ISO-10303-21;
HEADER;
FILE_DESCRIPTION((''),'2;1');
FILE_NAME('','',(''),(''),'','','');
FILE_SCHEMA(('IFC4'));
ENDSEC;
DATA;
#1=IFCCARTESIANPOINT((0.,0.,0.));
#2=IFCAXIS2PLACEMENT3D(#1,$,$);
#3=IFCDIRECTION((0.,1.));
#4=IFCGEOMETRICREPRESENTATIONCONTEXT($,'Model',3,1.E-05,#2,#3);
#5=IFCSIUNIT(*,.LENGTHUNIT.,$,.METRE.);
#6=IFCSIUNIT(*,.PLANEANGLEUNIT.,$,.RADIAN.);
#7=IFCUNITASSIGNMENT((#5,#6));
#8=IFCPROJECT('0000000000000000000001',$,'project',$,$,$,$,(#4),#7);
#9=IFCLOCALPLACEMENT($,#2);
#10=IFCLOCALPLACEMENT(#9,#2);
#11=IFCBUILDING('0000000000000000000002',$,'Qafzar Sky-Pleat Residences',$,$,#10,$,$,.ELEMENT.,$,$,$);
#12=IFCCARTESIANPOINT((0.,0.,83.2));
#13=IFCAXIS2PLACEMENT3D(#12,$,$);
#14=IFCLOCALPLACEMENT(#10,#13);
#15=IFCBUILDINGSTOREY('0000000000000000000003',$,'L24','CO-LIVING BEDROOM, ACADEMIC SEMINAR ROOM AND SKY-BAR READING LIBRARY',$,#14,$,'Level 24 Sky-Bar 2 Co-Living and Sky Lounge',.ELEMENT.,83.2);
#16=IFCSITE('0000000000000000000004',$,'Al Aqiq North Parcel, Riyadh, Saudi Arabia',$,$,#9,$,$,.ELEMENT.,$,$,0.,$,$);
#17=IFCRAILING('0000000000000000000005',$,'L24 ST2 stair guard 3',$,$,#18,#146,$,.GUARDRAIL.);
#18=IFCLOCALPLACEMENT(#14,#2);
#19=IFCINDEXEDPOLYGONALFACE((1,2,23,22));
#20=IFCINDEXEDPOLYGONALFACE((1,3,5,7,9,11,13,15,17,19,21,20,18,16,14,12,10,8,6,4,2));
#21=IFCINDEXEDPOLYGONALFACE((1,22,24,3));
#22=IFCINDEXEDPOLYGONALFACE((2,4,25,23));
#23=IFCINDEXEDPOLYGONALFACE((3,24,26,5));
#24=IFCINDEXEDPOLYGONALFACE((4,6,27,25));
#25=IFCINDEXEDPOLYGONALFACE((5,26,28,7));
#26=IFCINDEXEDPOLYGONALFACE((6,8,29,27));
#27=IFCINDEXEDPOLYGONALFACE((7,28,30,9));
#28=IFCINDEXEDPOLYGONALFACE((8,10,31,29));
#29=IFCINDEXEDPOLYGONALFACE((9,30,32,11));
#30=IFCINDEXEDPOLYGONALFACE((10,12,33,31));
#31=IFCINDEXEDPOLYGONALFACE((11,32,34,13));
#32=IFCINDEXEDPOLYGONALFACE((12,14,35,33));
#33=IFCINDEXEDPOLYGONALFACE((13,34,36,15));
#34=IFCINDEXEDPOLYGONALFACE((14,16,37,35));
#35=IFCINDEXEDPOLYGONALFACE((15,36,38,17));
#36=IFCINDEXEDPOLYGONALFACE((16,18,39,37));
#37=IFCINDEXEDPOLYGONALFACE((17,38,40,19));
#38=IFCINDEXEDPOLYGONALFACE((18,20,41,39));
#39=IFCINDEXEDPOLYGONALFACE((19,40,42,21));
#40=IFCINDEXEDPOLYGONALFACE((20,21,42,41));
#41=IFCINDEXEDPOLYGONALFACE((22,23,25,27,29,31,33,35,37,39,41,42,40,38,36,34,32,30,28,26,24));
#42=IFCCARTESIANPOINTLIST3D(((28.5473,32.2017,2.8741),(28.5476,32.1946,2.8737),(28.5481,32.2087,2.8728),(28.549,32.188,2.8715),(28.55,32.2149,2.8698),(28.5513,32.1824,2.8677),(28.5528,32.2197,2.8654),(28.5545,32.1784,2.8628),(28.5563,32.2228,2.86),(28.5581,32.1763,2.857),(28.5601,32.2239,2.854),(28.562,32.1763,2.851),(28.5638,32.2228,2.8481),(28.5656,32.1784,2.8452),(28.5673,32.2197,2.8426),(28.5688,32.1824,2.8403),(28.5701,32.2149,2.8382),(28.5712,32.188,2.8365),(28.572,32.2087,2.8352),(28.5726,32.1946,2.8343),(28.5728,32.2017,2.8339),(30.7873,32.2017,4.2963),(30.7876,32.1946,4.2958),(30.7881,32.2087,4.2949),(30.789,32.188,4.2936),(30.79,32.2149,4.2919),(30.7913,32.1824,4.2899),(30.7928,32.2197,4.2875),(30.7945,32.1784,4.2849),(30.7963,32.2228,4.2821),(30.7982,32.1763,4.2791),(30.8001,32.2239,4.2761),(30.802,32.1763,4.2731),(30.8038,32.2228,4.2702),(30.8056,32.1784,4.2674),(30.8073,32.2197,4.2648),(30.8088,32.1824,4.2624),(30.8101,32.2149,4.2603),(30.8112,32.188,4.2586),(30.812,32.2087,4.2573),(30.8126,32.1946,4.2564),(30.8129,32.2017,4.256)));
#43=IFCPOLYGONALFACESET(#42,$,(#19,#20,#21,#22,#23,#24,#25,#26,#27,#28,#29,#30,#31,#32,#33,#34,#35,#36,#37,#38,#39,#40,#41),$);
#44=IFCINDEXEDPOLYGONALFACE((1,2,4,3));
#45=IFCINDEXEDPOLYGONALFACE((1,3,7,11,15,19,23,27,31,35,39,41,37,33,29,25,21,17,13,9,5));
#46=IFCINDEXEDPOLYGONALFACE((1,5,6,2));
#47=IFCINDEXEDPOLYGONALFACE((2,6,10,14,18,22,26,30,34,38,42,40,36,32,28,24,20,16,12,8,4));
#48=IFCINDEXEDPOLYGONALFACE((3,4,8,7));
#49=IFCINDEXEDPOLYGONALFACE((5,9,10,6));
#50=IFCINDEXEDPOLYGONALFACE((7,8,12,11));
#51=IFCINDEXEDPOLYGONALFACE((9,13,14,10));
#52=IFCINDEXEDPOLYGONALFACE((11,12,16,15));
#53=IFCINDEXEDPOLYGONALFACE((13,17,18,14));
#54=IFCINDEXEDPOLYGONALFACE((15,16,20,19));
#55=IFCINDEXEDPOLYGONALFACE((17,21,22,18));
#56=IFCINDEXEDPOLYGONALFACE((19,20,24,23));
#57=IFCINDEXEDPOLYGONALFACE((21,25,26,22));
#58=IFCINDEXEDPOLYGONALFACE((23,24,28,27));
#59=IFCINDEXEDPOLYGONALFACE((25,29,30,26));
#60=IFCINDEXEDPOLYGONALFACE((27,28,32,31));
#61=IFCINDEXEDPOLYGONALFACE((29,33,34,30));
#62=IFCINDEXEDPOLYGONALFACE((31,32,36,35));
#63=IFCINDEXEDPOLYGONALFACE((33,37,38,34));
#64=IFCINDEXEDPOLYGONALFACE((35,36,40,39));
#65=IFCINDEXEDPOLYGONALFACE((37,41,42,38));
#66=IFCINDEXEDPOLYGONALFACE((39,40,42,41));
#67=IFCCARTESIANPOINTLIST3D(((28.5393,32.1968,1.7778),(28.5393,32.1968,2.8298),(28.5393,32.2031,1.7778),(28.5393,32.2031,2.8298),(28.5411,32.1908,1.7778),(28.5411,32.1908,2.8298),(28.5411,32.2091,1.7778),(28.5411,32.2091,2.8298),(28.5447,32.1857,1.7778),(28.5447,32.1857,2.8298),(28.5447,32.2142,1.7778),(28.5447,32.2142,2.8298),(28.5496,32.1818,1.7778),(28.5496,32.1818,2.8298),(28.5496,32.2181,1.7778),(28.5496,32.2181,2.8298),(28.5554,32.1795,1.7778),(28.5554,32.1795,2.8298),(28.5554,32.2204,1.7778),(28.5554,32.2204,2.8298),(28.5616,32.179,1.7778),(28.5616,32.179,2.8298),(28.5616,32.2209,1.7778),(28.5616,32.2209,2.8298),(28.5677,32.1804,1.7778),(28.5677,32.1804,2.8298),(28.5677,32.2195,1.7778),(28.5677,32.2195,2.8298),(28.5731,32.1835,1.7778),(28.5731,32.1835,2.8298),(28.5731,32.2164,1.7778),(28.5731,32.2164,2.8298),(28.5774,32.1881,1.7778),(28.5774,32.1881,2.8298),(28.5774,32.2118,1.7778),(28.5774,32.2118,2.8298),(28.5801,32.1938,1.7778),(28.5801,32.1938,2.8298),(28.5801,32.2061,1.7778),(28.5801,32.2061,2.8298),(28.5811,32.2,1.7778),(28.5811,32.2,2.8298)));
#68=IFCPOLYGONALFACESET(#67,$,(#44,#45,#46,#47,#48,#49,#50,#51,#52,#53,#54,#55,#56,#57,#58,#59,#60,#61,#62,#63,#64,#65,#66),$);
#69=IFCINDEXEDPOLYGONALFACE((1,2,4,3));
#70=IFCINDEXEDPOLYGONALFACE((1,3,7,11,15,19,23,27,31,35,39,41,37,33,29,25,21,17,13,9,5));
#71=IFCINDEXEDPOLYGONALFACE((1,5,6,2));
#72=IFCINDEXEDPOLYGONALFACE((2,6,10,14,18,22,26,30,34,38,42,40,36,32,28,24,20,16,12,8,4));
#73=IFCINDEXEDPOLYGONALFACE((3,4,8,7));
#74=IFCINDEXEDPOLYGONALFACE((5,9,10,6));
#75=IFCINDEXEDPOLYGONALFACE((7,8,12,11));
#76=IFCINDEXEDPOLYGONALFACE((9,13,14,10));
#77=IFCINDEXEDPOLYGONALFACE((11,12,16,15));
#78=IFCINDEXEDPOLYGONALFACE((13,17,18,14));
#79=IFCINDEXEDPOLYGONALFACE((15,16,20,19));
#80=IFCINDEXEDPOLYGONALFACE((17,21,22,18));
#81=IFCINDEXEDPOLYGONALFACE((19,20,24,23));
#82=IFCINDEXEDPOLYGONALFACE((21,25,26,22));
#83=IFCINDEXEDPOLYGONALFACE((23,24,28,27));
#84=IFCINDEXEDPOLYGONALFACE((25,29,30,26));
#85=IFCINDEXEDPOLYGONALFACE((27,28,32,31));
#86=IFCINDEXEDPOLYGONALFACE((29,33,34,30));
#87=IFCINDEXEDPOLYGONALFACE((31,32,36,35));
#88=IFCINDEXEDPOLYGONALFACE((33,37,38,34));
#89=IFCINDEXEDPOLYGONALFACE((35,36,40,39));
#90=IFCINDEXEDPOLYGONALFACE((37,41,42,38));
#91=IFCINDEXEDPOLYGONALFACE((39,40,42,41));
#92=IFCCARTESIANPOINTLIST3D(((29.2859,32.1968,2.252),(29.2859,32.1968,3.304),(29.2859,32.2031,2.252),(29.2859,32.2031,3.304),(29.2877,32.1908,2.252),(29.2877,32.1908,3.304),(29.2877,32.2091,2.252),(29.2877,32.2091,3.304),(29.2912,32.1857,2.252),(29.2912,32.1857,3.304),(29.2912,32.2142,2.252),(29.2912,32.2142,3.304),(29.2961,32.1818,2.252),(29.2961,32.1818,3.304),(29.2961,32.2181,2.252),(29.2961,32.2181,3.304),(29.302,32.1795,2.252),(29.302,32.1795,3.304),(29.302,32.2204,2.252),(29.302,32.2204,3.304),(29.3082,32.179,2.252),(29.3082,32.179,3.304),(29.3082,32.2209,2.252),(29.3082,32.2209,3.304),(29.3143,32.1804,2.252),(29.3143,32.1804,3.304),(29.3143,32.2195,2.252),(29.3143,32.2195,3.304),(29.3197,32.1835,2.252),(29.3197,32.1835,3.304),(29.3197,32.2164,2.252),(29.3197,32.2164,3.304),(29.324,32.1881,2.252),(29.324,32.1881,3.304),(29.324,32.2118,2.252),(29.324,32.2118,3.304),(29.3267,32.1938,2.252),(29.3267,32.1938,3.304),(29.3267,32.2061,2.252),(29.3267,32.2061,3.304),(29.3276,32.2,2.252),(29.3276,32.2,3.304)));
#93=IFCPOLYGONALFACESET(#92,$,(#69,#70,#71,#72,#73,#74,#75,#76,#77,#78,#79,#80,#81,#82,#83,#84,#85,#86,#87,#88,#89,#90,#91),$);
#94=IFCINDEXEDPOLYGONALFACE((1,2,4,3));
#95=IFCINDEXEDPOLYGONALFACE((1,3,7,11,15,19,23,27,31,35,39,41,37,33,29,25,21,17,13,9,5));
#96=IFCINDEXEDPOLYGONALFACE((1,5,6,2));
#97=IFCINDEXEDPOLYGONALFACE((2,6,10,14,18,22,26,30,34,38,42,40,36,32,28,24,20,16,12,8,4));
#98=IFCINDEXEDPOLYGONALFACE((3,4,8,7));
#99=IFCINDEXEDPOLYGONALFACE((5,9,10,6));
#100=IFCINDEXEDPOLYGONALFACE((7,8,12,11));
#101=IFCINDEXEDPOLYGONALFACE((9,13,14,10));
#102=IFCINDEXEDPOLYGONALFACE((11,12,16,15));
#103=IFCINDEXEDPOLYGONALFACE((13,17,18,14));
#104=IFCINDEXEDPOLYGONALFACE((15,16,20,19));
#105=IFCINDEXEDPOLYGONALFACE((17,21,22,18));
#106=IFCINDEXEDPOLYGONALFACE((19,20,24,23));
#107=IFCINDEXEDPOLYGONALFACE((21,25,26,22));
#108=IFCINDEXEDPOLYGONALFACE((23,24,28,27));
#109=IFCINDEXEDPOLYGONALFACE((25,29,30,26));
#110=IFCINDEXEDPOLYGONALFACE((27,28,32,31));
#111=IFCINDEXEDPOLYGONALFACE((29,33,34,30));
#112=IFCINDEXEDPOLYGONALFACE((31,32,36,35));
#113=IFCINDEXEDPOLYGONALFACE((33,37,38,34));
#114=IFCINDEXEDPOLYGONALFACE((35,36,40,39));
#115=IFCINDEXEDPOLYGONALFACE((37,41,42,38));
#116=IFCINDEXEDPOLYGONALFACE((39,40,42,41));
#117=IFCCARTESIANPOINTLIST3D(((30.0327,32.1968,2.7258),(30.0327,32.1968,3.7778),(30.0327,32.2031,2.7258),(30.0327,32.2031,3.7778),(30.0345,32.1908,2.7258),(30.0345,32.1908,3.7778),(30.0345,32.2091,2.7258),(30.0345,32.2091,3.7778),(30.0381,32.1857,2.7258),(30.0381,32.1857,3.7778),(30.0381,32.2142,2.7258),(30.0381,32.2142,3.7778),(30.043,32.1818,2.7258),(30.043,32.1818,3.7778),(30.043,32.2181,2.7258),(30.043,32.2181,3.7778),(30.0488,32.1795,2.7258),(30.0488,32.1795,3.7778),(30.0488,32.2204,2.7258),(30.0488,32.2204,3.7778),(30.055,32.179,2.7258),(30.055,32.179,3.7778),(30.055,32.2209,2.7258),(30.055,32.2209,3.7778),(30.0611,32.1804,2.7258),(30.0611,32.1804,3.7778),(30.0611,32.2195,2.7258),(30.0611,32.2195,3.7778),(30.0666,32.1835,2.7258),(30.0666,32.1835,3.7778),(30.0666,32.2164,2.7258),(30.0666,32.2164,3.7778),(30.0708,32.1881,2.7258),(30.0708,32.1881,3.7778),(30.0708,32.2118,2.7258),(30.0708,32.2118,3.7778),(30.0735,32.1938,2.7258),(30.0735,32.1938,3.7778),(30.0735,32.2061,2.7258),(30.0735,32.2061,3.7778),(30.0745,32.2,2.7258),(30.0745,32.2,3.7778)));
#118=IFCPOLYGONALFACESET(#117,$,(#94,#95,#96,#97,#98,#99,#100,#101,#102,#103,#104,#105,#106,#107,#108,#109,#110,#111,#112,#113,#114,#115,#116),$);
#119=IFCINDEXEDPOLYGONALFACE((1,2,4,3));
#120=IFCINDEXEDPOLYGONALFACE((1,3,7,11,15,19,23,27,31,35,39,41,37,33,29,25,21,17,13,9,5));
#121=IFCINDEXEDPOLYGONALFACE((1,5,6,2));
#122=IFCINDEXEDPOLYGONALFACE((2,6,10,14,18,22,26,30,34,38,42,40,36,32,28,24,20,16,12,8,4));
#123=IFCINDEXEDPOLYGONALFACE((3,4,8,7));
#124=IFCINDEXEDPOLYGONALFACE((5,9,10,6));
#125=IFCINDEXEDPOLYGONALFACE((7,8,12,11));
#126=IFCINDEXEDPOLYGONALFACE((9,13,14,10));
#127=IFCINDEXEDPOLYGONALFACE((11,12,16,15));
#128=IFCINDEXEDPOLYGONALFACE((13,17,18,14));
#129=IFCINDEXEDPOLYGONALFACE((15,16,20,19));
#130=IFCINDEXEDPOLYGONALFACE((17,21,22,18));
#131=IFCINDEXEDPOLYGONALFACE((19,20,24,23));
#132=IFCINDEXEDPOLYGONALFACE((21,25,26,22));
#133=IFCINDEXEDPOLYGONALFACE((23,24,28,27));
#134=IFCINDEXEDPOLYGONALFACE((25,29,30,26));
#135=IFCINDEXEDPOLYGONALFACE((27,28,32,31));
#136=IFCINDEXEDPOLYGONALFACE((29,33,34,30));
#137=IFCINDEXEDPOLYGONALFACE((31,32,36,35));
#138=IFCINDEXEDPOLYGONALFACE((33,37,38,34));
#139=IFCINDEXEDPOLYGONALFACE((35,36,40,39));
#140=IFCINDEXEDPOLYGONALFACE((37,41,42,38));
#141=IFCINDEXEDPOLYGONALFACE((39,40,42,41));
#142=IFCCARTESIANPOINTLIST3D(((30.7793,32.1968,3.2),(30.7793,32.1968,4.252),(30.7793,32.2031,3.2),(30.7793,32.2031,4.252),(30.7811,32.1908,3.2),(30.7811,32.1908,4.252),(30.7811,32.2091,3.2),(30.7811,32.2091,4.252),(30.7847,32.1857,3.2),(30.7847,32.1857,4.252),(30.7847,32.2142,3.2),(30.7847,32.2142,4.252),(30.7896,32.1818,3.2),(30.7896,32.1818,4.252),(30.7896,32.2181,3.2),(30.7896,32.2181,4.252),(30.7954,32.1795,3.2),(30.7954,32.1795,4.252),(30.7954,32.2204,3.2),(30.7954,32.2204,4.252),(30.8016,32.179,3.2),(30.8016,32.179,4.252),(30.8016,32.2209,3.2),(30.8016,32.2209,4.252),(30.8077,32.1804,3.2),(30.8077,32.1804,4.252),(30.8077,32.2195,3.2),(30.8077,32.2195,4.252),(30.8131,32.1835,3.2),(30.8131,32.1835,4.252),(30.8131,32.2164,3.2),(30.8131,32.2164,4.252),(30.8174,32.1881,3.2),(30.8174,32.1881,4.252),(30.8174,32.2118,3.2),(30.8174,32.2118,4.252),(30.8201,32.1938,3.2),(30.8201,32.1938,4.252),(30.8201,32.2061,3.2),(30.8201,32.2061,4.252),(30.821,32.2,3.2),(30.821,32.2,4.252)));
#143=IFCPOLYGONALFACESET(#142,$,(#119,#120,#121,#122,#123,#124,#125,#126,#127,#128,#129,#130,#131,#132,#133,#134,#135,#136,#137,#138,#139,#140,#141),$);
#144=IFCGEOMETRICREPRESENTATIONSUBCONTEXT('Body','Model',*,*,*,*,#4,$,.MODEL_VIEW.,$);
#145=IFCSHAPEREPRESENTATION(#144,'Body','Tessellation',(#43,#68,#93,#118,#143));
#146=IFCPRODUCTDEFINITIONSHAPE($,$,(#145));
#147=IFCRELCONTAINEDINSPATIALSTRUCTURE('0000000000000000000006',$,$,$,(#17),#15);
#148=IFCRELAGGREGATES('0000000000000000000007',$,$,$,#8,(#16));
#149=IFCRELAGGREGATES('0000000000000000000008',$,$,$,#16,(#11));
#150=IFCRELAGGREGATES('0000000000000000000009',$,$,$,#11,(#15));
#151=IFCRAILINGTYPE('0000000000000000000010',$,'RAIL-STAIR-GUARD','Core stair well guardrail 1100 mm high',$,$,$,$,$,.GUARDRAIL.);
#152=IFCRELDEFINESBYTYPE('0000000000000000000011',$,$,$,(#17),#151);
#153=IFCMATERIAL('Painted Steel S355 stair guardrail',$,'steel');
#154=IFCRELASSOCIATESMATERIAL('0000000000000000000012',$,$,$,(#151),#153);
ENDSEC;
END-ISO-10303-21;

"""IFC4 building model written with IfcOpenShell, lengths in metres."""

from ifc_helpers import new_model, si_unit, direction, frame, origin, origin_2d, place, context, subcontext, project, spatial, circle, extrude, source, transform, mapped, material, type_object, element, save


model = new_model("IFC4")

# Units and contexts
model_context = context("Model", 3, precision=1e-05, world=origin(), true_north=direction((0.0, 1.0)))
body_context = subcontext(model_context, "Body", "Model", "MODEL_VIEW")
ifc_project = project(units=[si_unit("LENGTHUNIT", "METRE"), si_unit("PLANEANGLEUNIT", "RADIAN")], contexts=[model_context])

# Site, building, storey
site_placement = place(None, origin())
site = spatial("IfcSite", under=ifc_project, at=site_placement, Name="Al Aqiq North Parcel, Riyadh, Saudi Arabia", CompositionType="ELEMENT", RefElevation=0.0)
building_placement = place(site_placement, origin())
building = spatial("IfcBuilding", under=site, at=building_placement, Name="Qafzar Sky-Pleat Residences", CompositionType="ELEMENT")
storey_placement = place(building_placement, frame((0.0, 0.0, 83.2)))
storey = spatial("IfcBuildingStorey", under=building, at=storey_placement, Name="L24", Description="CO-LIVING BEDROOM, ACADEMIC SEMINAR ROOM AND SKY-BAR READING LIBRARY", LongName="Level 24 Sky-Bar 2 Co-Living and Sky Lounge", CompositionType="ELEMENT", Elevation=83.2)

# Railing
ifc_material_1 = material(Name="Painted Steel S355 stair guardrail", Category="steel")
railing_type_1 = type_object("IfcRailingType", Name="RAIL-STAIR-GUARD", Description="Core stair well guardrail 1100 mm high", PredefinedType="GUARDRAIL", material=ifc_material_1)
shared_shape_1 = source(origin(), body_context, "Body", "SweptSolid", [
    extrude(circle(Radius=0.0239, at=origin_2d()), frame((0.0, 0.0, 1.0762), z_axis=(0.844229, 0.0, 0.535982), x_axis=(0.0, 1.0, 0.0)), (0.0, 0.0, 1.0), 2.6533),
    extrude(circle(Radius=0.021, at=origin_2d()), origin(), (0.0, 0.0, 1.0), 1.052),
    extrude(circle(Radius=0.021, at=origin_2d()), frame((0.7466, 0.0, 0.4741)), (0.0, 0.0, 1.0), 1.052),
    extrude(circle(Radius=0.021, at=origin_2d()), frame((1.4934, 0.0, 0.948)), (0.0, 0.0, 1.0), 1.052),
    extrude(circle(Radius=0.021, at=origin_2d()), frame((2.24, 0.0, 1.4221)), (0.0, 0.0, 1.0), 1.052),
])
railing_1_placement = place(storey_placement, frame((28.5601, 32.2, 1.7778)))
element("IfcRailing", 1, at=railing_1_placement, inside=storey, type_object=railing_type_1, Name="L24 ST2 stair guard 3", PredefinedType="GUARDRAIL", context=body_context, shape_type="MappedRepresentation", body=[
    mapped(shared_shape_1, transform((0.0, 0.0, 0.0), x_axis=(1.0, 0.0, 0.0), y_axis=(0.0, 1.0, 0.0), z_axis=(0.0, 0.0, 1.0), scale=1.0)),
])

save(model, "model.ifc")
